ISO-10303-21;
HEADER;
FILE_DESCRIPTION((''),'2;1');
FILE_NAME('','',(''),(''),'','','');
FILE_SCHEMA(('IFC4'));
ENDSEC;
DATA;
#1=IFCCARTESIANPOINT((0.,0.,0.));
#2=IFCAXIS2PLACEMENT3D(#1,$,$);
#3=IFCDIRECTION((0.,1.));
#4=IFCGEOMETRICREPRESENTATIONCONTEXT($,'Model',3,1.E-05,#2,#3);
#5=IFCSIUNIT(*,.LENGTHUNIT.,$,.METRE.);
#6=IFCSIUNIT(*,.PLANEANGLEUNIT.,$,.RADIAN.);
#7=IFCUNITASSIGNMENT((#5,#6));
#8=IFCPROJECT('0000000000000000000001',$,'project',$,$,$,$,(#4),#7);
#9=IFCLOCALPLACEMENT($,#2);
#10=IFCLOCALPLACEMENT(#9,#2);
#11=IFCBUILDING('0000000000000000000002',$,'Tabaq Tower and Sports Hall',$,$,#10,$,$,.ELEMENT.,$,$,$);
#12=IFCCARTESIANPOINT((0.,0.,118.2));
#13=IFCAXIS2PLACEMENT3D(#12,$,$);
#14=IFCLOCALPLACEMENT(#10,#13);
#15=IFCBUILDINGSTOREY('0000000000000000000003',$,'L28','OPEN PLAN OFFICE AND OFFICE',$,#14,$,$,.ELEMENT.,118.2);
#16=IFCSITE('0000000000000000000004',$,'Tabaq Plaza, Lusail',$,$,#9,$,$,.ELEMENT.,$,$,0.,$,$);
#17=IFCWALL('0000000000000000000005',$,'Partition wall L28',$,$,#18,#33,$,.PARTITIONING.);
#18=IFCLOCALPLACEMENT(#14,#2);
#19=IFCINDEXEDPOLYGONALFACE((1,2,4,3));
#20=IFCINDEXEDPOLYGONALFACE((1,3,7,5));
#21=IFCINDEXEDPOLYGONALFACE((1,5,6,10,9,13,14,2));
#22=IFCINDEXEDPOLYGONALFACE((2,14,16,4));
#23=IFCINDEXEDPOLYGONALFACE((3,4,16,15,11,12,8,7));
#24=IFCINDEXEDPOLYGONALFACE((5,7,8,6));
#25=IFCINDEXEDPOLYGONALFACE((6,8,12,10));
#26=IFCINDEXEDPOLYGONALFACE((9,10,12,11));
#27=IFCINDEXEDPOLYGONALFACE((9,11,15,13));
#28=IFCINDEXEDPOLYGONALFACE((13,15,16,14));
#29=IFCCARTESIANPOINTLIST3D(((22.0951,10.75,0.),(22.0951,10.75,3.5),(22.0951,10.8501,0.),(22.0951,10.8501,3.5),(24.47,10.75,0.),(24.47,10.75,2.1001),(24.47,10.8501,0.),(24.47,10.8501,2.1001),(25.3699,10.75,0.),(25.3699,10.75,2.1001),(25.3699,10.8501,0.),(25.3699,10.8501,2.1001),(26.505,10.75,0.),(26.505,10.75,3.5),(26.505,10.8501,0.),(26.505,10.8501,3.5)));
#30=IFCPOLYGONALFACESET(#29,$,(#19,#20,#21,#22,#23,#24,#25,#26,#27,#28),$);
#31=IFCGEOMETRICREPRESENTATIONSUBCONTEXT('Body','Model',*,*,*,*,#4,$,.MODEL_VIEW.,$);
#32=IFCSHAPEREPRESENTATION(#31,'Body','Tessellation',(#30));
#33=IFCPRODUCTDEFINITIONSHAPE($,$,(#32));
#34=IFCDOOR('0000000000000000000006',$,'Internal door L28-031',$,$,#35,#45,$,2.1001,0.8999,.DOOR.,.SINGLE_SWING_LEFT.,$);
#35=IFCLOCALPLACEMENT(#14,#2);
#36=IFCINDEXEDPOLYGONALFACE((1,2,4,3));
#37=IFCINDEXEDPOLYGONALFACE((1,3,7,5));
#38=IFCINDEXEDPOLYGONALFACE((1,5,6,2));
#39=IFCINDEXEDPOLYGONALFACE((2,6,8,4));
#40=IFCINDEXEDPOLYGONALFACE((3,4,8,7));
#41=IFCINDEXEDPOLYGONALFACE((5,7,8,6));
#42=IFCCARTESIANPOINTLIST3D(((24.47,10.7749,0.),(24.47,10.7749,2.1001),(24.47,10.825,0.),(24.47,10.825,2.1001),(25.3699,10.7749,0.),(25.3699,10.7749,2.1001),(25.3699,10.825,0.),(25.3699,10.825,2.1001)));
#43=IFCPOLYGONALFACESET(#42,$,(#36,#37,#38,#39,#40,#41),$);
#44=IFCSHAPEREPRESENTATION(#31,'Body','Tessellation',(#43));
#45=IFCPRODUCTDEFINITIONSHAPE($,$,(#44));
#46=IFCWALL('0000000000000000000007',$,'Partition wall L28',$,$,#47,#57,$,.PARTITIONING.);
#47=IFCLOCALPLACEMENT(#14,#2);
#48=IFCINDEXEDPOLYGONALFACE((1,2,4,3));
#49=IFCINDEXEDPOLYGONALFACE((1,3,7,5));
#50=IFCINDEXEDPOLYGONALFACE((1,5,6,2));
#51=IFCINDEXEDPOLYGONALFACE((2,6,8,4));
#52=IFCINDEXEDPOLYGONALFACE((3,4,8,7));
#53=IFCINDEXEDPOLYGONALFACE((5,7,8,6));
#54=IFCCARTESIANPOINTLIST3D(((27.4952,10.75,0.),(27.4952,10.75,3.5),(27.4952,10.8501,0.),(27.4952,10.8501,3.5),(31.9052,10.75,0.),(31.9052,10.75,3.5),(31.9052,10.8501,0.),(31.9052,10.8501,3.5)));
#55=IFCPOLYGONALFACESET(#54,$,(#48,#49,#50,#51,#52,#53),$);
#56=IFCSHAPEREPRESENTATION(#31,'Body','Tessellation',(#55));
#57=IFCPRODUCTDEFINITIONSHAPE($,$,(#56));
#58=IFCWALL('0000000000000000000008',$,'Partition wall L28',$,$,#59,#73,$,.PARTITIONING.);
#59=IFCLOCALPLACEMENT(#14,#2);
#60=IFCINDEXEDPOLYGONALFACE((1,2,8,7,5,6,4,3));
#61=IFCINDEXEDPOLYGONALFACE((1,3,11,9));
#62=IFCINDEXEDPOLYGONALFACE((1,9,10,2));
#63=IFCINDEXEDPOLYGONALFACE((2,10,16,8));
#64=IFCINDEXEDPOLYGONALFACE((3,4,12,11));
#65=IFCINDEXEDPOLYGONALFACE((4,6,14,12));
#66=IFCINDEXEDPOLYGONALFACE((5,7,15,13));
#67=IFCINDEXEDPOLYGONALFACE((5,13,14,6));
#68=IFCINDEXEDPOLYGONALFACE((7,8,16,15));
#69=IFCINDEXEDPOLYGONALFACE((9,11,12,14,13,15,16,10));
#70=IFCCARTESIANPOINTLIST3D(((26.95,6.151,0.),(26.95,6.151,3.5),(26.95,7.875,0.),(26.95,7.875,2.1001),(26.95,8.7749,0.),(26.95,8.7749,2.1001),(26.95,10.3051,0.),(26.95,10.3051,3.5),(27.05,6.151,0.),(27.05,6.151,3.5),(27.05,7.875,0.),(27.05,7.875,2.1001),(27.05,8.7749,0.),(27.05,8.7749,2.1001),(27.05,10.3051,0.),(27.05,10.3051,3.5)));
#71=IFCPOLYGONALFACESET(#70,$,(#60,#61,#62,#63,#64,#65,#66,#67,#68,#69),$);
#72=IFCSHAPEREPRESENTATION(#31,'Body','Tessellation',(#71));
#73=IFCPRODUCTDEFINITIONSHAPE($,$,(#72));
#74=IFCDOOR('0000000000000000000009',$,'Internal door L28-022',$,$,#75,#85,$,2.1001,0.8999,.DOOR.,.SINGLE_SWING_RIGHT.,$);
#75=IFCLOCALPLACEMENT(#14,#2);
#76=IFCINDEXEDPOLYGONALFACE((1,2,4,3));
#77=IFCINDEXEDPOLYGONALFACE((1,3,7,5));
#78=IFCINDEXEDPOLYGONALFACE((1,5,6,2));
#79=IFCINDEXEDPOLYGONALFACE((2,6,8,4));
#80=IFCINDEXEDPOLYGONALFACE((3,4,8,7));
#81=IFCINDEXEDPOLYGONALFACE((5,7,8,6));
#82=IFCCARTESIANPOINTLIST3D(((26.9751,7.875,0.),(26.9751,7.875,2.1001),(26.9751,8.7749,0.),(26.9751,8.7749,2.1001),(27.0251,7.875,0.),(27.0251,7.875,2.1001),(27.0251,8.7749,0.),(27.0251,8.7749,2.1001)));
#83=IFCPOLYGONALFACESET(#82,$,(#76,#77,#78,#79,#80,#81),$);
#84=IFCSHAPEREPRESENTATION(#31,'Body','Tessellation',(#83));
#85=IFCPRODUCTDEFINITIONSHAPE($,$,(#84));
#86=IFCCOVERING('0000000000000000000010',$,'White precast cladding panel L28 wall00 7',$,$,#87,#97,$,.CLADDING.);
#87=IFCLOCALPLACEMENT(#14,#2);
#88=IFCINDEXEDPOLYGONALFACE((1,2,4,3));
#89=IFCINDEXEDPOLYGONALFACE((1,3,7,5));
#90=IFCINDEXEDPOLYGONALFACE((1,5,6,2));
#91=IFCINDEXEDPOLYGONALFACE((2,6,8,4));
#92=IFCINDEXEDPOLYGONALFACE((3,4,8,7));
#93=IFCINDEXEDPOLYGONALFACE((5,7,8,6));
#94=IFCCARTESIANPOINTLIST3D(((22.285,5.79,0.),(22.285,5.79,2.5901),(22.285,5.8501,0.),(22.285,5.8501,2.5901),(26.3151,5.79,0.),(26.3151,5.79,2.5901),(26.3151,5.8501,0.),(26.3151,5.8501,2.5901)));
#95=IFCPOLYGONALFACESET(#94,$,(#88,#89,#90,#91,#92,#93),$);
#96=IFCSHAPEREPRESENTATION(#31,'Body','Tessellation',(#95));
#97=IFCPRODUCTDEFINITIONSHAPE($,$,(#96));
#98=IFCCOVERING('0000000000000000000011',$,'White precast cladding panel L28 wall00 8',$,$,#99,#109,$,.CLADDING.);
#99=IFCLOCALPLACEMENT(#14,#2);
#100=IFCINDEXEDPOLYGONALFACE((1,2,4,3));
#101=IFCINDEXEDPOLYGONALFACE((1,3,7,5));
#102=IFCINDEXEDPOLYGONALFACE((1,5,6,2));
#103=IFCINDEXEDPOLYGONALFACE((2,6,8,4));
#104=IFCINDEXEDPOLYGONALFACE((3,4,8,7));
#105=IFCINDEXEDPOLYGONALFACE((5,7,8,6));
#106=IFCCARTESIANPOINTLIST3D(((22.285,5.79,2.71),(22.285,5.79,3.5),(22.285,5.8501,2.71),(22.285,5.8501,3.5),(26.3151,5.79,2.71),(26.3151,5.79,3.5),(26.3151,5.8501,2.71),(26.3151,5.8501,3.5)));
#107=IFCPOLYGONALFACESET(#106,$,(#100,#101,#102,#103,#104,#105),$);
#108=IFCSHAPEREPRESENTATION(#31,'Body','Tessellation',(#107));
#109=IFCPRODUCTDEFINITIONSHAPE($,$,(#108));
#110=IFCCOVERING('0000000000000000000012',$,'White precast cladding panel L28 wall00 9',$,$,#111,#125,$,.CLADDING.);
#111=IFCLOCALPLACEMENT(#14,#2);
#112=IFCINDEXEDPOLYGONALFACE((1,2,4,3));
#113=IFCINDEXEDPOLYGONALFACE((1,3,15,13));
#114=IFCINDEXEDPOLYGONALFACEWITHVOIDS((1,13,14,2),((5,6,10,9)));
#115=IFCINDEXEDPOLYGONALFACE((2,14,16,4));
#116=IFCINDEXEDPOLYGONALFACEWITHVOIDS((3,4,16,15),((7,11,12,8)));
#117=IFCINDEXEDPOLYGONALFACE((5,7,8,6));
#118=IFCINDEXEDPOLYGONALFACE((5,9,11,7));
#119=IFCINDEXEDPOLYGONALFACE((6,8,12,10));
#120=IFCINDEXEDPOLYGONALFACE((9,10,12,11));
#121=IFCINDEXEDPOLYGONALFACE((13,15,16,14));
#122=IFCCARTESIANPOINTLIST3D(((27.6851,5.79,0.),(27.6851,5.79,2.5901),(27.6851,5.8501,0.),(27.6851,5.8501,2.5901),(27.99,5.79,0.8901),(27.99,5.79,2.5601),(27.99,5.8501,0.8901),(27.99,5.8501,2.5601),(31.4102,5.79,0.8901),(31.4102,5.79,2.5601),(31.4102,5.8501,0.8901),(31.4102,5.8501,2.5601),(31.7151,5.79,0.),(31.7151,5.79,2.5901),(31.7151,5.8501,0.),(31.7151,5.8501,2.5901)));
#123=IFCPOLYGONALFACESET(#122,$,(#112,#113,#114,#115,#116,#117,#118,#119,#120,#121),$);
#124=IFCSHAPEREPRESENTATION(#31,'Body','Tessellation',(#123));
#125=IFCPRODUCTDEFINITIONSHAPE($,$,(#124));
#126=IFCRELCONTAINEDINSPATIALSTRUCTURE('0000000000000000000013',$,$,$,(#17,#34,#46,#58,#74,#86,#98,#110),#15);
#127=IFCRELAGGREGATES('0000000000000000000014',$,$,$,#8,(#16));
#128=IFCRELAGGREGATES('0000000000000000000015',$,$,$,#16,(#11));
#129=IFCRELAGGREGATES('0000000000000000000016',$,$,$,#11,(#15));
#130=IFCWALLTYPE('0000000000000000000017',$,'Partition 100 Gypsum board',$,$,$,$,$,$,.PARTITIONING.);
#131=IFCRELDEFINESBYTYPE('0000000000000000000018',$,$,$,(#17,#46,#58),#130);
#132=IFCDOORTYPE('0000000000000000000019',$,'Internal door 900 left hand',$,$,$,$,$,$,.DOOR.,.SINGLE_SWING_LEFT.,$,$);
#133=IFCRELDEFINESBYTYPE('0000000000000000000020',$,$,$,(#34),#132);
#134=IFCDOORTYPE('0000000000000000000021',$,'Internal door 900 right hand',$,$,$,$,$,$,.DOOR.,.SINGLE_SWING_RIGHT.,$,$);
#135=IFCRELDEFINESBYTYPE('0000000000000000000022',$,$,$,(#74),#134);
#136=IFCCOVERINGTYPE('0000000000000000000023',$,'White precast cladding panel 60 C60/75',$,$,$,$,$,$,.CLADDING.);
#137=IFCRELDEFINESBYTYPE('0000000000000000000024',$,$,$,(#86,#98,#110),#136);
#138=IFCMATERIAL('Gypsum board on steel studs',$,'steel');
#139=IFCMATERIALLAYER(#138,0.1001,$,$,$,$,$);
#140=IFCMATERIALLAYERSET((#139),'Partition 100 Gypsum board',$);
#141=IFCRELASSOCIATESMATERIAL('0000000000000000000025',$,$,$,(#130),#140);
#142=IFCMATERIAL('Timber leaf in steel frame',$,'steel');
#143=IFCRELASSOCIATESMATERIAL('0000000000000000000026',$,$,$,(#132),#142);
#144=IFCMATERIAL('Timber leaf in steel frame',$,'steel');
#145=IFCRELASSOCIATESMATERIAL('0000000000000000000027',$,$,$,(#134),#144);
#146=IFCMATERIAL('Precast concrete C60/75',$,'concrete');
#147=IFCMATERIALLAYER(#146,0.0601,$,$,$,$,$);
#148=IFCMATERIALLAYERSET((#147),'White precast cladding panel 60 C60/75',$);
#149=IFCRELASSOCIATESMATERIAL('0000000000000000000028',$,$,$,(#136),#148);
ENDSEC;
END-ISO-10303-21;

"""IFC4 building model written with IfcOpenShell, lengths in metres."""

from ifc_helpers import new_model, si_unit, direction, frame, frame_2d, origin, place, context, subcontext, project, spatial, polyline, rectangle, outline, extrude, material, layer, layer_set, type_object, element, fill, save


model = new_model("IFC4")

# Units and contexts
model_context = context("Model", 3, precision=1e-05, world=origin(), true_north=direction((0.0, 1.0)))
body_context = subcontext(model_context, "Body", "Model", "MODEL_VIEW")
ifc_project = project(units=[si_unit("LENGTHUNIT", "METRE"), si_unit("PLANEANGLEUNIT", "RADIAN")], contexts=[model_context])

# Site, building, storey
site_placement = place(None, origin())
site = spatial("IfcSite", under=ifc_project, at=site_placement, Name="Tabaq Plaza, Lusail", CompositionType="ELEMENT", RefElevation=0.0)
building_placement = place(site_placement, origin())
building = spatial("IfcBuilding", under=site, at=building_placement, Name="Tabaq Tower and Sports Hall", CompositionType="ELEMENT")
storey_placement = place(building_placement, frame((0.0, 0.0, 118.2)))
storey = spatial("IfcBuildingStorey", under=building, at=storey_placement, Name="L28", Description="OPEN PLAN OFFICE AND OFFICE", CompositionType="ELEMENT", Elevation=118.2)

# Shared definitions
ifc_material_1 = material(Name="Gypsum board on steel studs", Category="steel")
ifc_layer_1 = layer(ifc_material_1, 0.1001)
ifc_layer_set_1 = layer_set([ifc_layer_1], Name="Partition 100 Gypsum board")
wall_type = type_object("IfcWallType", Name="Partition 100 Gypsum board", PredefinedType="PARTITIONING", material=ifc_layer_set_1)

# Wall, opening, door
wall_1_placement = place(storey_placement, frame((22.095, 10.8, 0.0), z_axis=(0.0, 0.0, 1.0), x_axis=(1.0, 0.0, 0.0)))
wall_1 = element("IfcWall", 1, at=wall_1_placement, inside=storey, type_object=wall_type, Name="Partition wall L28", PredefinedType="PARTITIONING", context=body_context, shape_type="SweptSolid", body=[
    extrude(rectangle(XDim=4.4099, YDim=0.1001, at=frame_2d((2.2051, 0.0))), origin(), (0.0, 0.0, 1.0), 3.5),
])
opening_1_placement = place(wall_1_placement, frame((2.375, 0.0, 0.0)))
opening_1 = element("IfcOpeningElement", 2, at=opening_1_placement, cuts=wall_1, PredefinedType="OPENING", context=body_context, shape_type="SweptSolid", body=[
    extrude(rectangle(XDim=0.8999, YDim=2.1001, at=frame_2d((0.45, 1.05))), frame((0.0, 0.05, 0.0), z_axis=(0.0, -1.0, 0.0), x_axis=(1.0, 0.0, 0.0)), (0.0, 0.0, 1.0), 0.1001),
])
ifc_material_2 = material(Name="Timber leaf in steel frame", Category="steel")
door_type_1 = type_object("IfcDoorType", Name="Internal door 900 left hand", OperationType="SINGLE_SWING_LEFT", PredefinedType="DOOR", material=ifc_material_2)
door_1_placement = place(opening_1_placement, origin())
door_1 = element("IfcDoor", 3, at=door_1_placement, inside=storey, type_object=door_type_1, Name="Internal door L28-031", OperationType="SINGLE_SWING_LEFT", OverallHeight=2.1001, OverallWidth=0.8999, PredefinedType="DOOR", context=body_context, shape_type="SweptSolid", body=[
    extrude(rectangle(XDim=0.8999, YDim=2.1001, at=frame_2d((0.45, 1.05))), frame((0.0, 0.0249, 0.0), z_axis=(0.0, -1.0, 0.0), x_axis=(1.0, 0.0, 0.0)), (0.0, 0.0, 1.0), 0.05),
])
fill(opening_1, door_1)

# Wall
wall_2_placement = place(storey_placement, frame((27.4951, 10.8, 0.0), z_axis=(0.0, 0.0, 1.0), x_axis=(1.0, 0.0, 0.0)))
element("IfcWall", 4, at=wall_2_placement, inside=storey, type_object=wall_type, Name="Partition wall L28", PredefinedType="PARTITIONING", context=body_context, shape_type="SweptSolid", body=[
    extrude(rectangle(XDim=4.4099, YDim=0.1001, at=frame_2d((2.2051, 0.0))), origin(), (0.0, 0.0, 1.0), 3.5),
])

# Wall, opening, door
wall_3_placement = place(storey_placement, frame((27.0, 6.1509, 0.0), z_axis=(0.0, 0.0, 1.0), x_axis=(0.0, 1.0, 0.0)))
wall_3 = element("IfcWall", 5, at=wall_3_placement, inside=storey, type_object=wall_type, Name="Partition wall L28", PredefinedType="PARTITIONING", context=body_context, shape_type="SweptSolid", body=[
    extrude(rectangle(XDim=4.1541, YDim=0.1001, at=frame_2d((2.0771, 0.0))), origin(), (0.0, 0.0, 1.0), 3.5),
])
opening_2_placement = place(wall_3_placement, frame((1.7241, 0.0, 0.0)))
opening_2 = element("IfcOpeningElement", 6, at=opening_2_placement, cuts=wall_3, PredefinedType="OPENING", context=body_context, shape_type="SweptSolid", body=[
    extrude(rectangle(XDim=0.8999, YDim=2.1001, at=frame_2d((0.45, 1.05))), frame((0.0, 0.05, 0.0), z_axis=(0.0, -1.0, 0.0), x_axis=(1.0, 0.0, 0.0)), (0.0, 0.0, 1.0), 0.1001),
])
ifc_material_3 = material(Name="Timber leaf in steel frame", Category="steel")
door_type_2 = type_object("IfcDoorType", Name="Internal door 900 right hand", OperationType="SINGLE_SWING_RIGHT", PredefinedType="DOOR", material=ifc_material_3)
door_2_placement = place(opening_2_placement, origin())
door_2 = element("IfcDoor", 7, at=door_2_placement, inside=storey, type_object=door_type_2, Name="Internal door L28-022", OperationType="SINGLE_SWING_RIGHT", OverallHeight=2.1001, OverallWidth=0.8999, PredefinedType="DOOR", context=body_context, shape_type="SweptSolid", body=[
    extrude(rectangle(XDim=0.8999, YDim=2.1001, at=frame_2d((0.45, 1.05))), frame((0.0, 0.0249, 0.0), z_axis=(0.0, -1.0, 0.0), x_axis=(1.0, 0.0, 0.0)), (0.0, 0.0, 1.0), 0.05),
])
fill(opening_2, door_2)

# Coverings
ifc_material_4 = material(Name="Precast concrete C60/75", Category="concrete")
ifc_layer_2 = layer(ifc_material_4, 0.0601)
ifc_layer_set_2 = layer_set([ifc_layer_2], Name="White precast cladding panel 60 C60/75")
covering_type = type_object("IfcCoveringType", Name="White precast cladding panel 60 C60/75", PredefinedType="CLADDING", material=ifc_layer_set_2)
covering_1_placement = place(storey_placement, frame((22.2849, 5.8201, 0.0), z_axis=(0.0, 0.0, 1.0), x_axis=(1.0, 0.0, 0.0)))
element("IfcCovering", 8, at=covering_1_placement, inside=storey, type_object=covering_type, Name="White precast cladding panel L28 wall00 7", PredefinedType="CLADDING", context=body_context, shape_type="SweptSolid", body=[
    extrude(rectangle(XDim=4.03, YDim=0.0601, at=frame_2d((2.0151, 0.0))), origin(), (0.0, 0.0, 1.0), 2.5901),
])
covering_2_placement = place(storey_placement, frame((22.2849, 5.8201, 2.71), z_axis=(0.0, 0.0, 1.0), x_axis=(1.0, 0.0, 0.0)))
element("IfcCovering", 9, at=covering_2_placement, inside=storey, type_object=covering_type, Name="White precast cladding panel L28 wall00 8", PredefinedType="CLADDING", context=body_context, shape_type="SweptSolid", body=[
    extrude(rectangle(XDim=4.03, YDim=0.0601, at=frame_2d((2.0151, 0.0))), origin(), (0.0, 0.0, 1.0), 0.79),
])
covering_3_placement = place(storey_placement, frame((27.6851, 5.8201, 0.0), z_axis=(0.0, 0.0, 1.0), x_axis=(1.0, 0.0, 0.0)))
element("IfcCovering", 10, at=covering_3_placement, inside=storey, type_object=covering_type, Name="White precast cladding panel L28 wall00 9", PredefinedType="CLADDING", context=body_context, shape_type="SweptSolid", body=[
    extrude(outline(polyline([(0.0, 0.0), (4.03, 0.0), (4.03, 2.5901), (0.0, 2.5901), (0.0, 0.0)]), holes=[polyline([(3.7251, 0.8901), (0.3049, 0.8901), (0.3049, 2.5601), (3.7251, 2.5601), (3.7251, 0.8901)])]), frame((0.0, 0.03, 0.0), z_axis=(0.0, -1.0, 0.0), x_axis=(1.0, 0.0, 0.0)), (0.0, 0.0, 1.0), 0.0601),
])

save(model, "model.ifc")
